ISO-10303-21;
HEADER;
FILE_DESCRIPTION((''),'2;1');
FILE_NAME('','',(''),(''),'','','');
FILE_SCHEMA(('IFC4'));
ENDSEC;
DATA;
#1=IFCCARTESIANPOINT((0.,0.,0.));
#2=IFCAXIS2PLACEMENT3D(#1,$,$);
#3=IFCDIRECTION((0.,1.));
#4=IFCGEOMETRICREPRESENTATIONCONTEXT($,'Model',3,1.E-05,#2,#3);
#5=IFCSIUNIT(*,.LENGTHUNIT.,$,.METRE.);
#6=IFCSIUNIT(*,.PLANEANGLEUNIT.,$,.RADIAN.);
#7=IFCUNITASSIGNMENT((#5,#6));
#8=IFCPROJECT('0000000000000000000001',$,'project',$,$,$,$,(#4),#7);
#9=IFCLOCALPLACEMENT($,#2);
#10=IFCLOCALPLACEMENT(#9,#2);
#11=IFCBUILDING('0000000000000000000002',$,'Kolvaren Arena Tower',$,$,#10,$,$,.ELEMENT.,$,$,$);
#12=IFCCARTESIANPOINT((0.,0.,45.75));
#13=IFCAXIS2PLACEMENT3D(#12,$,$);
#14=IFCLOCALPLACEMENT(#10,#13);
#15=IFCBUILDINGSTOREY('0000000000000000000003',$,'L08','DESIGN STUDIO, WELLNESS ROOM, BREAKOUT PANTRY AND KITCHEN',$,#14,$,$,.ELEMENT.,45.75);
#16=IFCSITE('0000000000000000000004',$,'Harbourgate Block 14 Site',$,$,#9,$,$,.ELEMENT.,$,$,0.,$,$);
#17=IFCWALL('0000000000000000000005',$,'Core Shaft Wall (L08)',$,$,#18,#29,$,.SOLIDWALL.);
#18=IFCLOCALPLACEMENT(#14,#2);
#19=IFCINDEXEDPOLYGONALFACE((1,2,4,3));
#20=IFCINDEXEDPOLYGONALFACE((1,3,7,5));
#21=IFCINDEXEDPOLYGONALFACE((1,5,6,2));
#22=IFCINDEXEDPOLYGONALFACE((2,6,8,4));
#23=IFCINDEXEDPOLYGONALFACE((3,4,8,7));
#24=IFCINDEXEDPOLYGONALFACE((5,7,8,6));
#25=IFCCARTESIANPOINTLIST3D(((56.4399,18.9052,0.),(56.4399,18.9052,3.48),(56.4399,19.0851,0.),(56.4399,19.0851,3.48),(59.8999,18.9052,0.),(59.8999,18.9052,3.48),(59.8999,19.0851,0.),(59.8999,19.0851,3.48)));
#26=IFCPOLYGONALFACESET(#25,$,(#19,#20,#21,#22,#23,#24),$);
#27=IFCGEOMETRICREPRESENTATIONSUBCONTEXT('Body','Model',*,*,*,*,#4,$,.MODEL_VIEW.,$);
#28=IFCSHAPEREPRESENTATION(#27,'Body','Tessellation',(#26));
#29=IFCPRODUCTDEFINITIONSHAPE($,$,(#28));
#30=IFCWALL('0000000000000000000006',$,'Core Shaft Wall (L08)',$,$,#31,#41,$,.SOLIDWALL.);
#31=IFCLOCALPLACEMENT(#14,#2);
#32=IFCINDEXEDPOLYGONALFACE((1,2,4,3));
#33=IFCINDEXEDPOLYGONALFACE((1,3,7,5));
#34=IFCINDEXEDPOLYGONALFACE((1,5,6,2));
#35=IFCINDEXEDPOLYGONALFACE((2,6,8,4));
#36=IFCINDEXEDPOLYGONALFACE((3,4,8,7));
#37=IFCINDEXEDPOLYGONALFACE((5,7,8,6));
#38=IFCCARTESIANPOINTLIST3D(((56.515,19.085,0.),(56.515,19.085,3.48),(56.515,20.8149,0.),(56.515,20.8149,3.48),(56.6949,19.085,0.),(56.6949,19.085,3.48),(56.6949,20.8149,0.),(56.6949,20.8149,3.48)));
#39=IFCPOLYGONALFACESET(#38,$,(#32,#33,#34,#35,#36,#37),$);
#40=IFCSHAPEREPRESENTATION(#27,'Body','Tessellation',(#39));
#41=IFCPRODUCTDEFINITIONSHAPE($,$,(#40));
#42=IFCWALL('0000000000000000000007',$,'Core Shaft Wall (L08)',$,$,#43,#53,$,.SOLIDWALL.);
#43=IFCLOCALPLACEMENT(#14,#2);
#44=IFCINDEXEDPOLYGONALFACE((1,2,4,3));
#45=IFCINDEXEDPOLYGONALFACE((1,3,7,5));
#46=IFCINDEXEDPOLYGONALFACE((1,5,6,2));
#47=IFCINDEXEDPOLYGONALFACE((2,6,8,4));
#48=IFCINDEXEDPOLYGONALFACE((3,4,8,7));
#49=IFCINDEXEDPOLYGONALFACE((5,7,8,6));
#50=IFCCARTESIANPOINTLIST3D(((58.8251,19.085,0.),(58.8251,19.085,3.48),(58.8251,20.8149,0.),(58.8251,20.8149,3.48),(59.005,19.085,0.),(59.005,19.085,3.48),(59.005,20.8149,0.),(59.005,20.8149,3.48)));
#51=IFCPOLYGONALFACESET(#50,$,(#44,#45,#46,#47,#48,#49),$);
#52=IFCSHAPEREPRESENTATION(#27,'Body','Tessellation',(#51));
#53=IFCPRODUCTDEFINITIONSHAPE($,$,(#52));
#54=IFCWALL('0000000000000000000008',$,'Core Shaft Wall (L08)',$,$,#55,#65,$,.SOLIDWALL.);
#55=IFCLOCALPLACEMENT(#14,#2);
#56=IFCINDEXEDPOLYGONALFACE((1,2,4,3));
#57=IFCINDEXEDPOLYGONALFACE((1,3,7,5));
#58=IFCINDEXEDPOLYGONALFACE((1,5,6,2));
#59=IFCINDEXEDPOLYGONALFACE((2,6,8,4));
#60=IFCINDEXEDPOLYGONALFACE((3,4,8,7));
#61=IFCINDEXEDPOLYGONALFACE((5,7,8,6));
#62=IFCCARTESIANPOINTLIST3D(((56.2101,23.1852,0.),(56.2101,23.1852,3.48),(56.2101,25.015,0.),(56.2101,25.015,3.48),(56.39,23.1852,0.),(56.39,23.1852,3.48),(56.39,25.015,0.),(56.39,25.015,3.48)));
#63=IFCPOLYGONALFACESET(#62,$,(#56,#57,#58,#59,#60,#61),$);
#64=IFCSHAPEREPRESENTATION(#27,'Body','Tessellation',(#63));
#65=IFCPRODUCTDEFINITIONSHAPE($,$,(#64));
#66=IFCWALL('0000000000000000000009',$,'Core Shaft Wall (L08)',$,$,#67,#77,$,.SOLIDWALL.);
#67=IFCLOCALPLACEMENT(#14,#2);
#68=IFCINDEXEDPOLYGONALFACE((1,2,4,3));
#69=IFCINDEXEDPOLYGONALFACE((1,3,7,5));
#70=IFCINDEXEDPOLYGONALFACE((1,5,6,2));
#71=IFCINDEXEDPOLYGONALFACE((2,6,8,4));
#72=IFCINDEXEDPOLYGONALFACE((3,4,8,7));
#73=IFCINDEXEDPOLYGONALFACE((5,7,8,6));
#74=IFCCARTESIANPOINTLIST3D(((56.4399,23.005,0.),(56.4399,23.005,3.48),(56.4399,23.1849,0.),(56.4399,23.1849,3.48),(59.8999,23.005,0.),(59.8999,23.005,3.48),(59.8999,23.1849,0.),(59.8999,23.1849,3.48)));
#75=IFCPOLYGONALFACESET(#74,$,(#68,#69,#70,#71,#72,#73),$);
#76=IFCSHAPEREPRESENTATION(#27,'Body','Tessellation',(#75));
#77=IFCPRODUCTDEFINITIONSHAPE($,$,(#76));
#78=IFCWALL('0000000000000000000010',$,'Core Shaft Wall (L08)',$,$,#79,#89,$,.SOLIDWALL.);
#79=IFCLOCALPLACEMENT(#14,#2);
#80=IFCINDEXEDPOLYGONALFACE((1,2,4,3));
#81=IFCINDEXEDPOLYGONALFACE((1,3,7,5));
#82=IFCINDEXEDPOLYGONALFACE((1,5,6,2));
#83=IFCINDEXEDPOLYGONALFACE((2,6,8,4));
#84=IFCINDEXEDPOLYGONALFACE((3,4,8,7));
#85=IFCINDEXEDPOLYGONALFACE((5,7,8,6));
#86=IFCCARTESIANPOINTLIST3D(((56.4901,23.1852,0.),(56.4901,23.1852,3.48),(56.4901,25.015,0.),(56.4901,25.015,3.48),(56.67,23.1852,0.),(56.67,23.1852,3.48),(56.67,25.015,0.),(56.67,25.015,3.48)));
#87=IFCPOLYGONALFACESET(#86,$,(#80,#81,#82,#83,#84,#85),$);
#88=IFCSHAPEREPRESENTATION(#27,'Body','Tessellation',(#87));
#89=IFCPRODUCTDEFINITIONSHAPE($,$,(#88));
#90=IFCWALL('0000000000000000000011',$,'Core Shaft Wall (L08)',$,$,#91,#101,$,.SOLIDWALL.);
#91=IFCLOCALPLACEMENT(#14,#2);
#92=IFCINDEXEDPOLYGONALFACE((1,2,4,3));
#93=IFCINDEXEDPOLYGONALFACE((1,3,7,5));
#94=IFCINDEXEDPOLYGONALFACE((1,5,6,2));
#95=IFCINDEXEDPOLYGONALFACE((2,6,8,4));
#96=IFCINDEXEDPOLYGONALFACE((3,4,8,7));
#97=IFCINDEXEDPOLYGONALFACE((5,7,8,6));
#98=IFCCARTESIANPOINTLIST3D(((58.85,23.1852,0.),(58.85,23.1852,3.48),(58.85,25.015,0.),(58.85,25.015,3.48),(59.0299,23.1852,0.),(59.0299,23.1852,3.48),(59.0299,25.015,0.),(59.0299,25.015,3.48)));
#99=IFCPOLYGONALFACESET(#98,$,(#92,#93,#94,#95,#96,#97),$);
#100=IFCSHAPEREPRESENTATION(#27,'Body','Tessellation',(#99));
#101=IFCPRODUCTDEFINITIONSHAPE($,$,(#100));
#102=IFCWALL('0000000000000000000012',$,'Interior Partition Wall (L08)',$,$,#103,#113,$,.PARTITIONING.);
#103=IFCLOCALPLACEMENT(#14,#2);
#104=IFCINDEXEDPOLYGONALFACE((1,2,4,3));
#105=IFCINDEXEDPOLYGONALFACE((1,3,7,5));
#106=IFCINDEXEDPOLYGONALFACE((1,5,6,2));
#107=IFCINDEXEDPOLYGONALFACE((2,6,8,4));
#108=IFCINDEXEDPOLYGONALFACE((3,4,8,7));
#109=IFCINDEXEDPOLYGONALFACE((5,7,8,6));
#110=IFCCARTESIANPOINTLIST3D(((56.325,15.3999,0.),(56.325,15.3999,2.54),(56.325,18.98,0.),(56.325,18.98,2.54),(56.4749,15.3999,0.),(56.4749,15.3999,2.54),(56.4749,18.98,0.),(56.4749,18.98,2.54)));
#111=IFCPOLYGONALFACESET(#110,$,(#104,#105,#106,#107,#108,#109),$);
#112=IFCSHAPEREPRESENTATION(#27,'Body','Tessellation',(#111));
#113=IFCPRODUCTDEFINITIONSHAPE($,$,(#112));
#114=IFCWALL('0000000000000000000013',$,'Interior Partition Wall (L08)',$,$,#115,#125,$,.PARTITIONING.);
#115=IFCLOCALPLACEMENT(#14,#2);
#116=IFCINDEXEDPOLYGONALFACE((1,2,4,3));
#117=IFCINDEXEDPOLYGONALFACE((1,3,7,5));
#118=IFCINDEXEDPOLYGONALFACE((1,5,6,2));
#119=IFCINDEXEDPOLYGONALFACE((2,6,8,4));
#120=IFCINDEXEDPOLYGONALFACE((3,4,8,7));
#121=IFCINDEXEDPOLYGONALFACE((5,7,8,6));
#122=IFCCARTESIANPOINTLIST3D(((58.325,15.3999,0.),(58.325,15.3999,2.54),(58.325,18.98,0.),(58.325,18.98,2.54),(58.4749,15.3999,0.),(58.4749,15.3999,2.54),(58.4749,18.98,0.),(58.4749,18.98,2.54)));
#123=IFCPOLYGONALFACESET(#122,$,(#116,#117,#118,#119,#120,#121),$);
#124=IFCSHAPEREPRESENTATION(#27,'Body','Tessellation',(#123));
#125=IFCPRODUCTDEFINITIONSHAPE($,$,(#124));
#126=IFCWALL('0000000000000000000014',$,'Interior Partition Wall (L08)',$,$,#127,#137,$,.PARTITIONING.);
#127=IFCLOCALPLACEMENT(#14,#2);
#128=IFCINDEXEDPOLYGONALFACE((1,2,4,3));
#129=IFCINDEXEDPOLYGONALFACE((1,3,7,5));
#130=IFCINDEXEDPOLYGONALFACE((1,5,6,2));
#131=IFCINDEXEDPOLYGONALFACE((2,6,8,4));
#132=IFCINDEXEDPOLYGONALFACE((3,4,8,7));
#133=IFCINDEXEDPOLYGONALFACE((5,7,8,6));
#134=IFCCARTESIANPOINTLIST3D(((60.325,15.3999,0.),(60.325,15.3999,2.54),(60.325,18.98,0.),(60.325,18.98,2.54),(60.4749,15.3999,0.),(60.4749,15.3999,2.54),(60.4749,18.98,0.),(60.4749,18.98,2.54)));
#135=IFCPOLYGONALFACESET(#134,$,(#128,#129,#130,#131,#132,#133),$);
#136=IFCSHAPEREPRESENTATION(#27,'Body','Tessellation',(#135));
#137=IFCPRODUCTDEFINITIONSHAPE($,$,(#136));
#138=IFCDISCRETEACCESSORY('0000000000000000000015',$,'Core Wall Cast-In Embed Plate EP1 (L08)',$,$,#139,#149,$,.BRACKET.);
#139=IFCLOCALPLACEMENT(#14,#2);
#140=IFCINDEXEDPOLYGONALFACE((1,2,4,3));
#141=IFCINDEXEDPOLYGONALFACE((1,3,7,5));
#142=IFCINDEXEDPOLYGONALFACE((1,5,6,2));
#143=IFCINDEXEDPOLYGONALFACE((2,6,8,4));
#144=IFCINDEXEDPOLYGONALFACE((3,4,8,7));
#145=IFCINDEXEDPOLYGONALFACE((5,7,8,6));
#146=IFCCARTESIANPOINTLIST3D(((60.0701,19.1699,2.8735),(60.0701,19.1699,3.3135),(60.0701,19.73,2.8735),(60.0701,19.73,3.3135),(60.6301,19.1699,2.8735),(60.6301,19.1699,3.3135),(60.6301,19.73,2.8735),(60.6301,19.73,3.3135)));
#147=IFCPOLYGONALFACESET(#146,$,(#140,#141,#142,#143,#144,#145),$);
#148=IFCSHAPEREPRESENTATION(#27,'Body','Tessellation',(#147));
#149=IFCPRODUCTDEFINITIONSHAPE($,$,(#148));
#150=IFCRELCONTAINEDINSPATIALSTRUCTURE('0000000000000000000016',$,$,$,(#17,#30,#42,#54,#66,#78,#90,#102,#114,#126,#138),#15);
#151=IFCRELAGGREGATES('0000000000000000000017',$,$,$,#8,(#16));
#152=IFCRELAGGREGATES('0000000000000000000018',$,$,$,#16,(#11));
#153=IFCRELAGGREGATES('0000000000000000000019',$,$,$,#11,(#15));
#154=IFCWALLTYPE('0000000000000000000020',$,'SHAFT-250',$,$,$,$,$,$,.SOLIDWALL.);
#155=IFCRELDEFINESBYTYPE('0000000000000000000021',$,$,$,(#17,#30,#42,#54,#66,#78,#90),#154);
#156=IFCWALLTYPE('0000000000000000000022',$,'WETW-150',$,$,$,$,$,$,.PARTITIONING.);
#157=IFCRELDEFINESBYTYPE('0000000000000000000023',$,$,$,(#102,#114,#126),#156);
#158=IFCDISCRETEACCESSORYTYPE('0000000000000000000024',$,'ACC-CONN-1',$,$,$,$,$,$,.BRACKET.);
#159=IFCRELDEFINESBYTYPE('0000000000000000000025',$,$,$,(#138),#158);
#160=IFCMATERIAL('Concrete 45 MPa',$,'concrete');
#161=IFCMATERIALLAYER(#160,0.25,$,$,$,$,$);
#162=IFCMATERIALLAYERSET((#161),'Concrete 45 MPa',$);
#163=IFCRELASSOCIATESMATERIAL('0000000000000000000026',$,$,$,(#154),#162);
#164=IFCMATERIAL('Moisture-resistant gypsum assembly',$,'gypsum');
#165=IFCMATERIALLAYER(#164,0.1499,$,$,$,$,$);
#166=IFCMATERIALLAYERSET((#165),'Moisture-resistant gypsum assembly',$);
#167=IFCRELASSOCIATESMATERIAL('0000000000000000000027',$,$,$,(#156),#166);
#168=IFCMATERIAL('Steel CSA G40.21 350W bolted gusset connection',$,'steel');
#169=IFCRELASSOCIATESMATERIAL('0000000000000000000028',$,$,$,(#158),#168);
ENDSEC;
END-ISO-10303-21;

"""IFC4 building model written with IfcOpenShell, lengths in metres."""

from ifc_helpers import new_model, si_unit, direction, frame, frame_2d, origin, origin_2d, place, context, subcontext, project, spatial, rectangle, extrude, material, layer, layer_set, type_object, element, save


model = new_model("IFC4")

# Units and contexts
model_context = context("Model", 3, precision=1e-05, world=origin(), true_north=direction((0.0, 1.0)))
body_context = subcontext(model_context, "Body", "Model", "MODEL_VIEW")
ifc_project = project(units=[si_unit("LENGTHUNIT", "METRE"), si_unit("PLANEANGLEUNIT", "RADIAN")], contexts=[model_context])

# Site, building, storey
site_placement = place(None, origin())
site = spatial("IfcSite", under=ifc_project, at=site_placement, Name="Harbourgate Block 14 Site", CompositionType="ELEMENT", RefElevation=0.0)
building_placement = place(site_placement, origin())
building = spatial("IfcBuilding", under=site, at=building_placement, Name="Kolvaren Arena Tower", CompositionType="ELEMENT")
storey_placement = place(building_placement, frame((0.0, 0.0, 45.75)))
storey = spatial("IfcBuildingStorey", under=building, at=storey_placement, Name="L08", Description="DESIGN STUDIO, WELLNESS ROOM, BREAKOUT PANTRY AND KITCHEN", CompositionType="ELEMENT", Elevation=45.75)

# Shared definitions
ifc_material_1 = material(Name="Concrete 45 MPa", Category="concrete")
ifc_layer_1 = layer(ifc_material_1, 0.25)
ifc_layer_set_1 = layer_set([ifc_layer_1], Name="Concrete 45 MPa")
wall_type_1 = type_object("IfcWallType", Name="SHAFT-250", PredefinedType="SOLIDWALL", material=ifc_layer_set_1)

# Walls
wall_1_placement = place(storey_placement, frame((56.4399, 18.9951, 0.0), z_axis=(0.0, 0.0, 1.0), x_axis=(1.0, 0.0, 0.0)))
element("IfcWall", 1, at=wall_1_placement, inside=storey, type_object=wall_type_1, Name="Core Shaft Wall (L08)", PredefinedType="SOLIDWALL", context=body_context, shape_type="SweptSolid", body=[
    extrude(rectangle(XDim=3.46, YDim=0.1799, at=frame_2d((1.73, 0.0))), origin(), (0.0, 0.0, 1.0), 3.48),
])
for number, where, z_axis, x_axis, name in (
    (2, (56.605, 19.085, 0.0), (0.0, 0.0, 1.0), (0.0, 1.0, 0.0), "Core Shaft Wall (L08)"),
    (3, (58.915, 19.085, 0.0), (0.0, 0.0, 1.0), (0.0, 1.0, 0.0), "Core Shaft Wall (L08)"),
):
    element("IfcWall", number, at=place(storey_placement, frame(where, z_axis=z_axis, x_axis=x_axis)), inside=storey, type_object=wall_type_1, Name=name, PredefinedType="SOLIDWALL", context=body_context, shape_type="SweptSolid", body=[
        extrude(rectangle(XDim=1.73, YDim=0.1799, at=frame_2d((0.865, 0.0))), origin(), (0.0, 0.0, 1.0), 3.48),
    ])
wall_2_placement = place(storey_placement, frame((56.3, 23.1851, 0.0), z_axis=(0.0, 0.0, 1.0), x_axis=(0.0, 1.0, 0.0)))
element("IfcWall", 4, at=wall_2_placement, inside=storey, type_object=wall_type_1, Name="Core Shaft Wall (L08)", PredefinedType="SOLIDWALL", context=body_context, shape_type="SweptSolid", body=[
    extrude(rectangle(XDim=1.8298, YDim=0.1799, at=frame_2d((0.915, 0.0))), origin(), (0.0, 0.0, 1.0), 3.48),
])
wall_3_placement = place(storey_placement, frame((56.4399, 23.095, 0.0), z_axis=(0.0, 0.0, 1.0), x_axis=(1.0, 0.0, 0.0)))
element("IfcWall", 5, at=wall_3_placement, inside=storey, type_object=wall_type_1, Name="Core Shaft Wall (L08)", PredefinedType="SOLIDWALL", context=body_context, shape_type="SweptSolid", body=[
    extrude(rectangle(XDim=3.46, YDim=0.1799, at=frame_2d((1.73, 0.0))), origin(), (0.0, 0.0, 1.0), 3.48),
])
for number, where, z_axis, x_axis, name in (
    (6, (56.5801, 23.1851, 0.0), (0.0, 0.0, 1.0), (0.0, 1.0, 0.0), "Core Shaft Wall (L08)"),
    (7, (58.9399, 23.1851, 0.0), (0.0, 0.0, 1.0), (0.0, 1.0, 0.0), "Core Shaft Wall (L08)"),
):
    element("IfcWall", number, at=place(storey_placement, frame(where, z_axis=z_axis, x_axis=x_axis)), inside=storey, type_object=wall_type_1, Name=name, PredefinedType="SOLIDWALL", context=body_context, shape_type="SweptSolid", body=[
        extrude(rectangle(XDim=1.8298, YDim=0.1799, at=frame_2d((0.915, 0.0))), origin(), (0.0, 0.0, 1.0), 3.48),
    ])
ifc_material_2 = material(Name="Moisture-resistant gypsum assembly", Category="gypsum")
ifc_layer_2 = layer(ifc_material_2, 0.1499)
ifc_layer_set_2 = layer_set([ifc_layer_2], Name="Moisture-resistant gypsum assembly")
wall_type_2 = type_object("IfcWallType", Name="WETW-150", PredefinedType="PARTITIONING", material=ifc_layer_set_2)
for number, where, z_axis, x_axis, name in (
    (8, (56.3999, 15.3999, 0.0), (0.0, 0.0, 1.0), (0.0, 1.0, 0.0), "Interior Partition Wall (L08)"),
    (9, (58.3999, 15.3999, 0.0), (0.0, 0.0, 1.0), (0.0, 1.0, 0.0), "Interior Partition Wall (L08)"),
    (10, (60.3999, 15.3999, 0.0), (0.0, 0.0, 1.0), (0.0, 1.0, 0.0), "Interior Partition Wall (L08)"),
):
    element("IfcWall", number, at=place(storey_placement, frame(where, z_axis=z_axis, x_axis=x_axis)), inside=storey, type_object=wall_type_2, Name=name, PredefinedType="PARTITIONING", context=body_context, shape_type="SweptSolid", body=[
        extrude(rectangle(XDim=3.5801, YDim=0.1499, at=frame_2d((1.79, 0.0))), origin(), (0.0, 0.0, 1.0), 2.54),
    ])

# Discrete accessory
ifc_material_3 = material(Name="Steel CSA G40.21 350W bolted gusset connection", Category="steel")
discrete_accessory_type = type_object("IfcDiscreteAccessoryType", Name="ACC-CONN-1", PredefinedType="BRACKET", material=ifc_material_3)
discrete_accessory_placement = place(storey_placement, frame((60.3501, 19.45, 2.8735), z_axis=(0.0, 0.0, 1.0), x_axis=(1.0, 0.0, 0.0)))
element("IfcDiscreteAccessory", 11, at=discrete_accessory_placement, inside=storey, type_object=discrete_accessory_type, Name="Core Wall Cast-In Embed Plate EP1 (L08)", PredefinedType="BRACKET", context=body_context, shape_type="SweptSolid", body=[
    extrude(rectangle(XDim=0.5601, YDim=0.5601, at=origin_2d()), origin(), (0.0, 0.0, 1.0), 0.4399),
])

save(model, "model.ifc")
